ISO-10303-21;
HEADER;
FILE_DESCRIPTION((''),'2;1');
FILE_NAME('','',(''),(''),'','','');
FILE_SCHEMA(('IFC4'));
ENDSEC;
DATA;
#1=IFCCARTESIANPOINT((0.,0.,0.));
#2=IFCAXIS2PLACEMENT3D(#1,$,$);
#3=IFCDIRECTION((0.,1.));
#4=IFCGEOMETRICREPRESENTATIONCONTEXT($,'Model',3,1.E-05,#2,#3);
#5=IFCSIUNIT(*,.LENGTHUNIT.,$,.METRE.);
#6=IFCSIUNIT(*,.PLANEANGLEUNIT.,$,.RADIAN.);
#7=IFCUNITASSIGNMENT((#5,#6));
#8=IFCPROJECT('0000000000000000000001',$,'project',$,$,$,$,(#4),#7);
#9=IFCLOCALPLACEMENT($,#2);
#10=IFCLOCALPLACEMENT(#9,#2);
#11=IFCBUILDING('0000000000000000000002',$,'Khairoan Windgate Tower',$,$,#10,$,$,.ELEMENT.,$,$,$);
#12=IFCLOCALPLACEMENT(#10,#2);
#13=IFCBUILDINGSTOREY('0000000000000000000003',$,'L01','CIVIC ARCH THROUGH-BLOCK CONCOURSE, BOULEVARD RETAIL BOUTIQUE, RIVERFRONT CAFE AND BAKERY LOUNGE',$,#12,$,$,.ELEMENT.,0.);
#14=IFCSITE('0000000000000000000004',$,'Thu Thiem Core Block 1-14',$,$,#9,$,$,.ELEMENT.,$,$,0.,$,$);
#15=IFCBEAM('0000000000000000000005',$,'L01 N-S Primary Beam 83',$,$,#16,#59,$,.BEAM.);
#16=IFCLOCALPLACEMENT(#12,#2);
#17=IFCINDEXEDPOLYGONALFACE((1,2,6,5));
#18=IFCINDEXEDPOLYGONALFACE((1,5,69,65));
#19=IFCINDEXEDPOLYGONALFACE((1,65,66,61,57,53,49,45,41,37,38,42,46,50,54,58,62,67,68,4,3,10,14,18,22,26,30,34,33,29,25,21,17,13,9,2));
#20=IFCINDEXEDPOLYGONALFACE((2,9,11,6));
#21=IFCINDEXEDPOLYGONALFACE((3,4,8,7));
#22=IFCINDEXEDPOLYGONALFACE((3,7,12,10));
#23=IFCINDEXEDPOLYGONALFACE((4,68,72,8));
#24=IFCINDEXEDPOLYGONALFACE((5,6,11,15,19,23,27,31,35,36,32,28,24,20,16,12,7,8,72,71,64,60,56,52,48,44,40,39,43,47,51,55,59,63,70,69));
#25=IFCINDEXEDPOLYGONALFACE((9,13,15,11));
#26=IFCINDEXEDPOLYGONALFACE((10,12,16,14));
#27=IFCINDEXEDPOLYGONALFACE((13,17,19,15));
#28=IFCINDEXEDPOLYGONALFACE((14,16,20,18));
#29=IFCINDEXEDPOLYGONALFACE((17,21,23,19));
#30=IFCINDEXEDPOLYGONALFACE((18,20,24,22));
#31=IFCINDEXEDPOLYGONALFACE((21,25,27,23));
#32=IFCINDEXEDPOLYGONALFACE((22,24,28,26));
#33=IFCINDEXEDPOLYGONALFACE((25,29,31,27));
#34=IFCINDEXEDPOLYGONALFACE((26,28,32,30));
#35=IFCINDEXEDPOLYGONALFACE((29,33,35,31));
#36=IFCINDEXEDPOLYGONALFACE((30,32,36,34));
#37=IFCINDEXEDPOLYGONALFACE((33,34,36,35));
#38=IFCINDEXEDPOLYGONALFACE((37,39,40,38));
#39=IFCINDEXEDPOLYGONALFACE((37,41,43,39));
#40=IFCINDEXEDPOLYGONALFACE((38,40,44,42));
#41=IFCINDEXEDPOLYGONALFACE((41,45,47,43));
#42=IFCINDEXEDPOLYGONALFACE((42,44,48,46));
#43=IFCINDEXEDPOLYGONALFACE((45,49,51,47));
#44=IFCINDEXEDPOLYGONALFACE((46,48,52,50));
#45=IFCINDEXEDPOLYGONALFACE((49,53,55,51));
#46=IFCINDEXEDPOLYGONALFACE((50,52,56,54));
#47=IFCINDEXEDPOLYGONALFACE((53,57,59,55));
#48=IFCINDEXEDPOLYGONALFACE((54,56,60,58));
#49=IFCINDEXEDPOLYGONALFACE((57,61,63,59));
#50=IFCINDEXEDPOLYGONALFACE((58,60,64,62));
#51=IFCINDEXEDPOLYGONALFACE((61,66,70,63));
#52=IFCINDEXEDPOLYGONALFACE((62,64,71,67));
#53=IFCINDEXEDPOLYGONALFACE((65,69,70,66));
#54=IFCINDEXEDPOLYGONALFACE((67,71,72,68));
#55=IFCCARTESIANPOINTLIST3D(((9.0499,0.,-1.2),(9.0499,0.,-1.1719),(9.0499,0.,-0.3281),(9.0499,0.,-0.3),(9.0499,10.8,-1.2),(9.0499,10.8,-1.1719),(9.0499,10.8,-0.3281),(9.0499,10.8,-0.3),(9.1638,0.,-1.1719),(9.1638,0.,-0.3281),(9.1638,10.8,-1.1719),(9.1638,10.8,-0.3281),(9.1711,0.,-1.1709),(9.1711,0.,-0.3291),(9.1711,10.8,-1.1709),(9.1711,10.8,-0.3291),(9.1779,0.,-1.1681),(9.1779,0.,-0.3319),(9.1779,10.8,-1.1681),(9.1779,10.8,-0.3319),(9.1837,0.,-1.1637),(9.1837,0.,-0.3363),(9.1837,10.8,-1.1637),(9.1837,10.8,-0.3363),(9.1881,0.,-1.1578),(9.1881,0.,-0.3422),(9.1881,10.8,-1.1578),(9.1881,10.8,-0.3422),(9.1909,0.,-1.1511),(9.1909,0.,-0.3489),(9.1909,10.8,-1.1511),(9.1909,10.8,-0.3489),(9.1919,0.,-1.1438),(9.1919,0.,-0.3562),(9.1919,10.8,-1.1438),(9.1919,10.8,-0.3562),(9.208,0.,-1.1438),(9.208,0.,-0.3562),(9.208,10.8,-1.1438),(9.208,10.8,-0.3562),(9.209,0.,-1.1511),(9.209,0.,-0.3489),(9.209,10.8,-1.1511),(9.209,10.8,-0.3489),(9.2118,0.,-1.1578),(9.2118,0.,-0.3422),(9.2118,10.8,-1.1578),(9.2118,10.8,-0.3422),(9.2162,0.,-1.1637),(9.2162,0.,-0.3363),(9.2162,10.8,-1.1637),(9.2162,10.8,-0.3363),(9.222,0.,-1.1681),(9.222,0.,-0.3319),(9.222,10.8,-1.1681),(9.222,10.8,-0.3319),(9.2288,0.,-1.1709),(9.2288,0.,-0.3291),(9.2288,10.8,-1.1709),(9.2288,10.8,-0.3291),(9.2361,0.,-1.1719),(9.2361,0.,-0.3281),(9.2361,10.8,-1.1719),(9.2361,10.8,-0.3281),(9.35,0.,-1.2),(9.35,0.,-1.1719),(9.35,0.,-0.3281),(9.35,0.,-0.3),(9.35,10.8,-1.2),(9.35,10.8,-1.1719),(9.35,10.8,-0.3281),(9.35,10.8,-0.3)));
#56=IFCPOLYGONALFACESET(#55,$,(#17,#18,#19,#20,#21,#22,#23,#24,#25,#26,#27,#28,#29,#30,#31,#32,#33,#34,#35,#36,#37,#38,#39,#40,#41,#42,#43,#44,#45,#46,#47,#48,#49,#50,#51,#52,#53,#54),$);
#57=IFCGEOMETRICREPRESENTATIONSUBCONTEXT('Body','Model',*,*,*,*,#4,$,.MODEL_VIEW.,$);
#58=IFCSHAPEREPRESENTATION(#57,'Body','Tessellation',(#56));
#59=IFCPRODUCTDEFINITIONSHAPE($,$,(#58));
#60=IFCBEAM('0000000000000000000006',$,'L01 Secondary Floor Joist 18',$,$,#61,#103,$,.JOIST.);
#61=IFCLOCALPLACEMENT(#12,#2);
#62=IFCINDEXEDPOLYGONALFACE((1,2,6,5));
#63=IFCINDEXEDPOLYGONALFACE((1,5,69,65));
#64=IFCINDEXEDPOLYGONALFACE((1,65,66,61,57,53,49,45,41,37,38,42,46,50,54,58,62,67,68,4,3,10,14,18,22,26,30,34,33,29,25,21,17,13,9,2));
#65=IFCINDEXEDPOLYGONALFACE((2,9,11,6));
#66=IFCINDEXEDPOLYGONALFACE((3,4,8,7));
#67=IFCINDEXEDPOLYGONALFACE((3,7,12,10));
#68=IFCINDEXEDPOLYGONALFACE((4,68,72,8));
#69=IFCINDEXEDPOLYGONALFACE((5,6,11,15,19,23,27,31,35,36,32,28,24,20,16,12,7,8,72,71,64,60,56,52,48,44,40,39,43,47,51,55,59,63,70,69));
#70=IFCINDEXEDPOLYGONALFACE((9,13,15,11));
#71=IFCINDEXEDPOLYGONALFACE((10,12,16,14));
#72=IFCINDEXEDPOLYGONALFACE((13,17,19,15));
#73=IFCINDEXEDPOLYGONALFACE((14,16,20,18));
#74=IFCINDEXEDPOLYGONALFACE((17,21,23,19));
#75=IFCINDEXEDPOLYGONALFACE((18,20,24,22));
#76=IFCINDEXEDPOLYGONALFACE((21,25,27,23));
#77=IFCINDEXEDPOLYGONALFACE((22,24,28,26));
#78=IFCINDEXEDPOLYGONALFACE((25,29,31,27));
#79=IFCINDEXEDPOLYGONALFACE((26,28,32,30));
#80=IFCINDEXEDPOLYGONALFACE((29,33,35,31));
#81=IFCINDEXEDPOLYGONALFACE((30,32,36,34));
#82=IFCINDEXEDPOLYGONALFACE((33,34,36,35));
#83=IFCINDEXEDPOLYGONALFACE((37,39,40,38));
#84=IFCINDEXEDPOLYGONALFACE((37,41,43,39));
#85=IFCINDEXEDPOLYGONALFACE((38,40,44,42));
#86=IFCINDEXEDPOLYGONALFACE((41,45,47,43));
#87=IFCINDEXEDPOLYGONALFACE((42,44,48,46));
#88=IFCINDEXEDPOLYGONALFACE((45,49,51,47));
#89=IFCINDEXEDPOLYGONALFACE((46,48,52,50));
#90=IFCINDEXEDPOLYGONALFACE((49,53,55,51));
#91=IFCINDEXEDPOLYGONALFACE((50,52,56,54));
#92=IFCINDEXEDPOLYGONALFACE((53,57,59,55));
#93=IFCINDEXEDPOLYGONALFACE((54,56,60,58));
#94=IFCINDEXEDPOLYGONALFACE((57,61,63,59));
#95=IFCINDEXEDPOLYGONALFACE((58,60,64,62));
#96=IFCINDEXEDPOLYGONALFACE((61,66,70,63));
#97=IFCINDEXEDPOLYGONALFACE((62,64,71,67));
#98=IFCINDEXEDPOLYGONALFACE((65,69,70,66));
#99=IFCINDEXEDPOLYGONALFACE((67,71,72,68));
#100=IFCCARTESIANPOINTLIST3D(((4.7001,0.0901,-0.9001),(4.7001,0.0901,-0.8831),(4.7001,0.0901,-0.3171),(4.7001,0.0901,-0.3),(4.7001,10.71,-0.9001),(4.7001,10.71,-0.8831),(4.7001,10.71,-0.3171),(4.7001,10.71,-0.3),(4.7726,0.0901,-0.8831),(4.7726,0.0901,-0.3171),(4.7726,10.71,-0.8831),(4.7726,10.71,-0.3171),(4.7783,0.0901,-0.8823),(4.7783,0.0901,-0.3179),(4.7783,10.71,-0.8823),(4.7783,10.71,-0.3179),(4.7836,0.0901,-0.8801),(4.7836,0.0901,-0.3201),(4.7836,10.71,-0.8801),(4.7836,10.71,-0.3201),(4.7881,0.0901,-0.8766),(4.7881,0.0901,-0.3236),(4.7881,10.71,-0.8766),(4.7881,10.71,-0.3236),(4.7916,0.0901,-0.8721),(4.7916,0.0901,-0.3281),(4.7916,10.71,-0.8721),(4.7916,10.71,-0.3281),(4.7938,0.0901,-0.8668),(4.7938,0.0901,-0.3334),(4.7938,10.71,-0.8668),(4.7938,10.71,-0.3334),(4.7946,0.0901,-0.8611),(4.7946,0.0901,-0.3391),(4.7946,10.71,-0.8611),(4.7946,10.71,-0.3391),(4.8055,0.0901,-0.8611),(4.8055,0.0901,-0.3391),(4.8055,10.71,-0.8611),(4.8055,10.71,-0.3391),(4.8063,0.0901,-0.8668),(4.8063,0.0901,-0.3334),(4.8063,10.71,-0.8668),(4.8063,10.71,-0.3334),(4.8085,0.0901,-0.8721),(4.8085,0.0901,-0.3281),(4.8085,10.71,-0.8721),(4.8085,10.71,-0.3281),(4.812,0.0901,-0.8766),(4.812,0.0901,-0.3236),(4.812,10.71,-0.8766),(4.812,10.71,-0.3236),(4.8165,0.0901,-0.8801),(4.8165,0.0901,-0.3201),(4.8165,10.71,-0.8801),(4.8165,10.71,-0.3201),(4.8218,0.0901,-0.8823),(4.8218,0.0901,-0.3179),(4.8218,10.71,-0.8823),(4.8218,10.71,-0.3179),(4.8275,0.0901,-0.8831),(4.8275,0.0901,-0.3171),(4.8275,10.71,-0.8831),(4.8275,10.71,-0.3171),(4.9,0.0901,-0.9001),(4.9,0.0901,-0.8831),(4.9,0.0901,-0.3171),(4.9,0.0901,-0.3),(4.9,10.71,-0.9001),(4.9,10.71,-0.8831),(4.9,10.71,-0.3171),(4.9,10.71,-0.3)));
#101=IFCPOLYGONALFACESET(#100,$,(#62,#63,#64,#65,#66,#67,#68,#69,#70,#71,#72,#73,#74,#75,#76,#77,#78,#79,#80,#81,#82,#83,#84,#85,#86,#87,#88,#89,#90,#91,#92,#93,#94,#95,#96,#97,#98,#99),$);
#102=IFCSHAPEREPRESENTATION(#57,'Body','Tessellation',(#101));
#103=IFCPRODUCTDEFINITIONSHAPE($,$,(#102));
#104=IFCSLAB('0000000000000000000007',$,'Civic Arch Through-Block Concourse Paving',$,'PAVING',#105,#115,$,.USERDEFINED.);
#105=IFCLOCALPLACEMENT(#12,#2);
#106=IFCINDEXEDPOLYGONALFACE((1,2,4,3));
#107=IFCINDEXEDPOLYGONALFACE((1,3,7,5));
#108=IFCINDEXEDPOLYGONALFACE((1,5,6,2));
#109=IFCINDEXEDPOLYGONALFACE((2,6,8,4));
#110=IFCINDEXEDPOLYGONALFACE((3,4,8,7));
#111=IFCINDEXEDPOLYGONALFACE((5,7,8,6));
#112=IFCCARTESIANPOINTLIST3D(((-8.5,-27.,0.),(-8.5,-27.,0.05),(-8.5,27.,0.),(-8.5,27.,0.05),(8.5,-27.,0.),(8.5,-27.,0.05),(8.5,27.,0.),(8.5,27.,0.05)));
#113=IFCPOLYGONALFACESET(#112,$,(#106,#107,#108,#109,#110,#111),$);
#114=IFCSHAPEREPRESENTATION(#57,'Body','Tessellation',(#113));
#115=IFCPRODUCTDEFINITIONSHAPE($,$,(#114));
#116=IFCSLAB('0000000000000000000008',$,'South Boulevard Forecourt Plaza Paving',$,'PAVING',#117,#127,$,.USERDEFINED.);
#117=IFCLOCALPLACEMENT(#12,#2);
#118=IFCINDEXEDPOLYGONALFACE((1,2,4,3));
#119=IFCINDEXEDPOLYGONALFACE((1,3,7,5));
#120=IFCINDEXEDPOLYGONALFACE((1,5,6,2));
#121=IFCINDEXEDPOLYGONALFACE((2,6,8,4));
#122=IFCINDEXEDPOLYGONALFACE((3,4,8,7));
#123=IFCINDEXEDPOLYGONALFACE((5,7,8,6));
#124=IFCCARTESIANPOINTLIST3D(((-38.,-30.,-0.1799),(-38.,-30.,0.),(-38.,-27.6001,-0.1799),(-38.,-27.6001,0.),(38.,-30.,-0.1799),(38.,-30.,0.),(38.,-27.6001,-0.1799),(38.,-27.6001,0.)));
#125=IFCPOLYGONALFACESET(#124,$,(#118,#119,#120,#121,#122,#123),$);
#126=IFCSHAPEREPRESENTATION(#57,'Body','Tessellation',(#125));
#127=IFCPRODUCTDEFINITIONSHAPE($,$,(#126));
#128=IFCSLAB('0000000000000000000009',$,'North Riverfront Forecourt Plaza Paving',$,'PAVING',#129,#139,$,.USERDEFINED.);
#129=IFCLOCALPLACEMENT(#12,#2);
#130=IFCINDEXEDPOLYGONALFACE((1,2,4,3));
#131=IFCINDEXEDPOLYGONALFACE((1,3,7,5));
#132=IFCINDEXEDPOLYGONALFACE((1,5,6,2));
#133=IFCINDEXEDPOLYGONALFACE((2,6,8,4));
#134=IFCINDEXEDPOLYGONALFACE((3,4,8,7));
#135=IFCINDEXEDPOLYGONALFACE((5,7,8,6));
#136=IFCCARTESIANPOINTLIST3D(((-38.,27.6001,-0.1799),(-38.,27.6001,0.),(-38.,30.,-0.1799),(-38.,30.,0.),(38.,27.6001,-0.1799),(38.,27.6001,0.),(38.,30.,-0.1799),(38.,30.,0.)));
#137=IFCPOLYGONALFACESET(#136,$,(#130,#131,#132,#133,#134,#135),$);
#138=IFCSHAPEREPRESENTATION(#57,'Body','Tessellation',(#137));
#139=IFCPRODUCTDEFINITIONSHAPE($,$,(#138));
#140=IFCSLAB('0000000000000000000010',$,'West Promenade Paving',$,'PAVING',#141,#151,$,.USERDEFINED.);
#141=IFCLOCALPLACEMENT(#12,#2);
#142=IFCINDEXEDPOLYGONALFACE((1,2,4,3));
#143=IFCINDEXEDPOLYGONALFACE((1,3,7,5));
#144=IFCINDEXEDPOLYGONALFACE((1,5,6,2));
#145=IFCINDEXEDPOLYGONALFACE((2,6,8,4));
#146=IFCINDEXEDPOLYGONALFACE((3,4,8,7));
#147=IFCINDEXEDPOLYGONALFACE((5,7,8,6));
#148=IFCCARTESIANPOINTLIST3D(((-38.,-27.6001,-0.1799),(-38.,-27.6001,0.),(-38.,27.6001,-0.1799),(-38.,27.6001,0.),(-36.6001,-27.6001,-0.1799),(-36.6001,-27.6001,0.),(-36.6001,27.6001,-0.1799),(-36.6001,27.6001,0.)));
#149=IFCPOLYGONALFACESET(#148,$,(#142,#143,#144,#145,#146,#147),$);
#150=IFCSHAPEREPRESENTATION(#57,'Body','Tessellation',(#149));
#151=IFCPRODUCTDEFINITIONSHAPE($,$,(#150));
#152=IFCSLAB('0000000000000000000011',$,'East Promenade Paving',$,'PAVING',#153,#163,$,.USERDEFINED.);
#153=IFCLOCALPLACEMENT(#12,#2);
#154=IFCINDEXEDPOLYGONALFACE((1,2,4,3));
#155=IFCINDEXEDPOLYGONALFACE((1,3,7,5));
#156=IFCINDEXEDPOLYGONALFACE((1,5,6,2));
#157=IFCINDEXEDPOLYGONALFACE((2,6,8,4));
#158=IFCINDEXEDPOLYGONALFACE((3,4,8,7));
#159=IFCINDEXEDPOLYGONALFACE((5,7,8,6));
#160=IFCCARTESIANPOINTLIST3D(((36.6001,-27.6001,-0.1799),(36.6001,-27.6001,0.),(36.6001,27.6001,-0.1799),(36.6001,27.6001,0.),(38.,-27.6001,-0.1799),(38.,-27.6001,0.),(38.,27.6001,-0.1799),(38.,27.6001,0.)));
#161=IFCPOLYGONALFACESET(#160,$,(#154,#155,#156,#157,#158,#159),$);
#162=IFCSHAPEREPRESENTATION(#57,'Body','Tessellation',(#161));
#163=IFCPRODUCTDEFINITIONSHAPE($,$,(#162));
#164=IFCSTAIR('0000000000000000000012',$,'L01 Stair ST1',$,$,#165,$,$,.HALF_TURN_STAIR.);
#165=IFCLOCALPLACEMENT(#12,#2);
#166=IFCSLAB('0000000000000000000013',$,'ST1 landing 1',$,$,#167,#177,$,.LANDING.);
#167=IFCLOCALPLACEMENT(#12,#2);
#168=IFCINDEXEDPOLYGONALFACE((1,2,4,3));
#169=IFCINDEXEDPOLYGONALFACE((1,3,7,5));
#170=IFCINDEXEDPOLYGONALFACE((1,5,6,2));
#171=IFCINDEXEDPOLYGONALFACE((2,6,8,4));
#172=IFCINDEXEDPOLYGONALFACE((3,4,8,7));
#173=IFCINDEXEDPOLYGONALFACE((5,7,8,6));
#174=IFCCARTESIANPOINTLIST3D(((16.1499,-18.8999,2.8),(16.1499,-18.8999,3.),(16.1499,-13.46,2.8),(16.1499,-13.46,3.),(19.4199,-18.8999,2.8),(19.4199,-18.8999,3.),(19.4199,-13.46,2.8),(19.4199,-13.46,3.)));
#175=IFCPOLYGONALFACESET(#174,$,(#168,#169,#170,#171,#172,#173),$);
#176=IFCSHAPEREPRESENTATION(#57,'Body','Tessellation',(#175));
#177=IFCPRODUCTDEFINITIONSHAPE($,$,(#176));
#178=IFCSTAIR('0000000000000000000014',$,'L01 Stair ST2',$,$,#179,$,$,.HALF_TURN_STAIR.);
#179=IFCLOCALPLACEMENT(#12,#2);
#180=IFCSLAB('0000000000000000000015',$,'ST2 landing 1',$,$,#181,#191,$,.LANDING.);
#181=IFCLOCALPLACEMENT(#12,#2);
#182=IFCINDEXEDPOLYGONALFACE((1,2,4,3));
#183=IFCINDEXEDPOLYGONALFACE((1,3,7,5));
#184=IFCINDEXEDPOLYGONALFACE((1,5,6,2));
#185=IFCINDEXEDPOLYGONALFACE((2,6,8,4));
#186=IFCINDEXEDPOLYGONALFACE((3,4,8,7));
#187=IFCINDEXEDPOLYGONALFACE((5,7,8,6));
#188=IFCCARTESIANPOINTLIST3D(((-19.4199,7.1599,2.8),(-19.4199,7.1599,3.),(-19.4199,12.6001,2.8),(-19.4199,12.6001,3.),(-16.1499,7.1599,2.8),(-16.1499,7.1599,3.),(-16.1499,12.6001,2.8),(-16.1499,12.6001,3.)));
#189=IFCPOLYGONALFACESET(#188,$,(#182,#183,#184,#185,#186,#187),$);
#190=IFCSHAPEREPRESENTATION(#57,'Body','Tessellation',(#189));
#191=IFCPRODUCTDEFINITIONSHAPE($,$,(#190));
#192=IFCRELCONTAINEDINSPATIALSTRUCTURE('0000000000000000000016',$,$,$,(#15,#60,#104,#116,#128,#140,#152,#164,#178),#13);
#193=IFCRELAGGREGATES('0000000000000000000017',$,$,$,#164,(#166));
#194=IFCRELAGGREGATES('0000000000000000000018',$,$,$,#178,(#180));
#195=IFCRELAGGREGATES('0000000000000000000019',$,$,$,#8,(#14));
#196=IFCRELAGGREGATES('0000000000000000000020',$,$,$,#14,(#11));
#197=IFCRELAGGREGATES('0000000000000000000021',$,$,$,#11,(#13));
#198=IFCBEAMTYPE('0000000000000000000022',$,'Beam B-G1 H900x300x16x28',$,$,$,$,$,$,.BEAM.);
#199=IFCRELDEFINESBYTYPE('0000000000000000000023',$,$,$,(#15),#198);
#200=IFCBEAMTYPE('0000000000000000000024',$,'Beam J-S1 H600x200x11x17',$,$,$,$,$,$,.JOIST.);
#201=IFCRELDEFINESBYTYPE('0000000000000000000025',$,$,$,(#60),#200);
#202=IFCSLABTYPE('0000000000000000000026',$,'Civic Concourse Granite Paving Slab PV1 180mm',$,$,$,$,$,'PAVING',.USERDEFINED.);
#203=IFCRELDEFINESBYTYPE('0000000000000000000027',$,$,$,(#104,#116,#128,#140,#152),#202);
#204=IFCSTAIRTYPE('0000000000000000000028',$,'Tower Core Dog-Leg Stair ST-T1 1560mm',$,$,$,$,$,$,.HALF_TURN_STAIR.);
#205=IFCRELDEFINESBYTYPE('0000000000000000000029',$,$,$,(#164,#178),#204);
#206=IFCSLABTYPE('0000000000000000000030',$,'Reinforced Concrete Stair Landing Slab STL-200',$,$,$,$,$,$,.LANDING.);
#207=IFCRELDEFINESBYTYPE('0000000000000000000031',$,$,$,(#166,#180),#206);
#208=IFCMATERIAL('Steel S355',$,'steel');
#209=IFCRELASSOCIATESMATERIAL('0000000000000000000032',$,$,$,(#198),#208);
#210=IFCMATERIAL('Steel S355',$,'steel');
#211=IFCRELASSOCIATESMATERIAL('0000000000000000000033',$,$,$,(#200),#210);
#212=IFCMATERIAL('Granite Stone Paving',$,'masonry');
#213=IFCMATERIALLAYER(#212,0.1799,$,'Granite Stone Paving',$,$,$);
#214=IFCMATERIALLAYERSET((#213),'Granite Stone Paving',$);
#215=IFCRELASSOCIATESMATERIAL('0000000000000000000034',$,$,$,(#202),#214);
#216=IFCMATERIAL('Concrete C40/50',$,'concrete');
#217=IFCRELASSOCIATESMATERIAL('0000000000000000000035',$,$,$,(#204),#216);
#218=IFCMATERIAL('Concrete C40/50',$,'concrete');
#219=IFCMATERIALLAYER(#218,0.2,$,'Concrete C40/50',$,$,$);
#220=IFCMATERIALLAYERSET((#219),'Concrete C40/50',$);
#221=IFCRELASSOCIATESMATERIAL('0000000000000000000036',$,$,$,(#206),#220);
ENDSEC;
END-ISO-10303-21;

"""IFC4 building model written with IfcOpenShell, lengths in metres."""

from ifc_helpers import new_model, si_unit, direction, frame, origin, origin_2d, place, context, subcontext, project, spatial, polyline, i_section, outline, extrude, material, layer, layer_set, material_profile, profile_set, type_object, element, aggregate, save


model = new_model("IFC4")

# Units and contexts
model_context = context("Model", 3, precision=1e-05, world=origin(), true_north=direction((0.0, 1.0)))
body_context = subcontext(model_context, "Body", "Model", "MODEL_VIEW")
ifc_project = project(units=[si_unit("LENGTHUNIT", "METRE"), si_unit("PLANEANGLEUNIT", "RADIAN")], contexts=[model_context])

# Site, building, storey
site_placement = place(None, origin())
site = spatial("IfcSite", under=ifc_project, at=site_placement, Name="Thu Thiem Core Block 1-14", CompositionType="ELEMENT", RefElevation=0.0)
building_placement = place(site_placement, origin())
building = spatial("IfcBuilding", under=site, at=building_placement, Name="Khairoan Windgate Tower", CompositionType="ELEMENT")
storey_placement = place(building_placement, origin())
storey = spatial("IfcBuildingStorey", under=building, at=storey_placement, Name="L01", Description="CIVIC ARCH THROUGH-BLOCK CONCOURSE, BOULEVARD RETAIL BOUTIQUE, RIVERFRONT CAFE AND BAKERY LOUNGE", CompositionType="ELEMENT", Elevation=0.0)

# Beams
ifc_material_1 = material(Name="Steel S355", Category="steel")
ifc_material_profile_1 = material_profile(ifc_material_1, i_section(OverallWidth=0.3, OverallDepth=0.8999, WebThickness=0.0161, FlangeThickness=0.0281, FilletRadius=0.0281, at=origin_2d()))
ifc_profile_set_1 = profile_set([ifc_material_profile_1], Name="Steel S355")
beam_type_1 = type_object("IfcBeamType", Name="Beam B-G1 H900x300x16x28", PredefinedType="BEAM", material=ifc_profile_set_1)
beam_1_placement = place(storey_placement, frame((9.2, 0.0, -0.75), z_axis=(0.0, 1.0, 0.0), x_axis=(-1.0, 0.0, 0.0)))
element("IfcBeam", 1, at=beam_1_placement, inside=storey, type_object=beam_type_1, Name="L01 N-S Primary Beam 83", PredefinedType="BEAM", context=body_context, shape_type="SweptSolid", body=[
    extrude(i_section(OverallWidth=0.3, OverallDepth=0.8999, WebThickness=0.0161, FlangeThickness=0.0281, FilletRadius=0.0281, at=origin_2d()), origin(), (0.0, 0.0, 1.0), 10.8),
])
ifc_material_2 = material(Name="Steel S355", Category="steel")
ifc_material_profile_2 = material_profile(ifc_material_2, i_section(OverallWidth=0.2, OverallDepth=0.6001, WebThickness=0.011, FlangeThickness=0.0171, FilletRadius=0.022, at=origin_2d()))
ifc_profile_set_2 = profile_set([ifc_material_profile_2], Name="Steel S355")
beam_type_2 = type_object("IfcBeamType", Name="Beam J-S1 H600x200x11x17", PredefinedType="JOIST", material=ifc_profile_set_2)
beam_2_placement = place(storey_placement, frame((4.8, 0.0901, -0.6001), z_axis=(0.0, 1.0, 0.0), x_axis=(-1.0, 0.0, 0.0)))
element("IfcBeam", 2, at=beam_2_placement, inside=storey, type_object=beam_type_2, Name="L01 Secondary Floor Joist 18", PredefinedType="JOIST", context=body_context, shape_type="SweptSolid", body=[
    extrude(i_section(OverallWidth=0.2, OverallDepth=0.6001, WebThickness=0.011, FlangeThickness=0.0171, FilletRadius=0.022, at=origin_2d()), origin(), (0.0, 0.0, 1.0), 10.6199),
])

# Slabs
ifc_material_3 = material(Name="Granite Stone Paving", Category="masonry")
ifc_layer_1 = layer(ifc_material_3, 0.1799, Name="Granite Stone Paving")
ifc_layer_set_1 = layer_set([ifc_layer_1], Name="Granite Stone Paving")
slab_type_1 = type_object("IfcSlabType", Name="Civic Concourse Granite Paving Slab PV1 180mm", ElementType="PAVING", PredefinedType="USERDEFINED", material=ifc_layer_set_1)
slab_1_placement = place(storey_placement, origin())
element("IfcSlab", 3, at=slab_1_placement, inside=storey, type_object=slab_type_1, Name="Civic Arch Through-Block Concourse Paving", ObjectType="PAVING", PredefinedType="USERDEFINED", context=body_context, shape_type="SweptSolid", body=[
    extrude(outline(polyline([(-8.5, -27.0), (8.5, -27.0), (8.5, 27.0), (-8.5, 27.0), (-8.5, -27.0)])), origin(), (0.0, 0.0, 1.0), 0.05),
])
slab_2_placement = place(storey_placement, frame((0.0, 0.0, -0.1799)))
element("IfcSlab", 4, at=slab_2_placement, inside=storey, type_object=slab_type_1, Name="South Boulevard Forecourt Plaza Paving", ObjectType="PAVING", PredefinedType="USERDEFINED", context=body_context, shape_type="SweptSolid", body=[
    extrude(outline(polyline([(-38.0, -30.0), (38.0, -30.0), (38.0, -27.6001), (-38.0, -27.6001), (-38.0, -30.0)])), origin(), (0.0, 0.0, 1.0), 0.1799),
])
slab_3_placement = place(storey_placement, frame((0.0, 0.0, -0.1799)))
element("IfcSlab", 5, at=slab_3_placement, inside=storey, type_object=slab_type_1, Name="North Riverfront Forecourt Plaza Paving", ObjectType="PAVING", PredefinedType="USERDEFINED", context=body_context, shape_type="SweptSolid", body=[
    extrude(outline(polyline([(-38.0, 27.6001), (38.0, 27.6001), (38.0, 30.0), (-38.0, 30.0), (-38.0, 27.6001)])), origin(), (0.0, 0.0, 1.0), 0.1799),
])
slab_4_placement = place(storey_placement, frame((0.0, 0.0, -0.1799)))
element("IfcSlab", 6, at=slab_4_placement, inside=storey, type_object=slab_type_1, Name="West Promenade Paving", ObjectType="PAVING", PredefinedType="USERDEFINED", context=body_context, shape_type="SweptSolid", body=[
    extrude(outline(polyline([(-38.0, -27.6001), (-36.6001, -27.6001), (-36.6001, 27.6001), (-38.0, 27.6001), (-38.0, -27.6001)])), origin(), (0.0, 0.0, 1.0), 0.1799),
])
slab_5_placement = place(storey_placement, frame((0.0, 0.0, -0.1799)))
element("IfcSlab", 7, at=slab_5_placement, inside=storey, type_object=slab_type_1, Name="East Promenade Paving", ObjectType="PAVING", PredefinedType="USERDEFINED", context=body_context, shape_type="SweptSolid", body=[
    extrude(outline(polyline([(36.6001, -27.6001), (38.0, -27.6001), (38.0, 27.6001), (36.6001, 27.6001), (36.6001, -27.6001)])), origin(), (0.0, 0.0, 1.0), 0.1799),
])

# Stairs, slabs
ifc_material_4 = material(Name="Concrete C40/50", Category="concrete")
stair_type_1 = type_object("IfcStairType", Name="Tower Core Dog-Leg Stair ST-T1 1560mm", PredefinedType="HALF_TURN_STAIR", material=ifc_material_4)
stair_1_placement = place(storey_placement, origin())
stair_1 = element("IfcStair", 8, at=stair_1_placement, inside=storey, type_object=stair_type_1, Name="L01 Stair ST1", PredefinedType="HALF_TURN_STAIR")
ifc_material_5 = material(Name="Concrete C40/50", Category="concrete")
ifc_layer_2 = layer(ifc_material_5, 0.2, Name="Concrete C40/50")
ifc_layer_set_2 = layer_set([ifc_layer_2], Name="Concrete C40/50")
slab_type_2 = type_object("IfcSlabType", Name="Reinforced Concrete Stair Landing Slab STL-200", PredefinedType="LANDING", material=ifc_layer_set_2)
slab_6_placement = place(storey_placement, frame((0.0, 0.0, 2.8)))
slab_6 = element("IfcSlab", 9, at=slab_6_placement, type_object=slab_type_2, Name="ST1 landing 1", PredefinedType="LANDING", context=body_context, shape_type="SweptSolid", body=[
    extrude(outline(polyline([(16.1499, -13.46), (16.1499, -18.8999), (19.4199, -18.8999), (19.4199, -13.46), (16.1499, -13.46)])), origin(), (0.0, 0.0, 1.0), 0.2),
])
aggregate(stair_1, [slab_6])
stair_2_placement = place(storey_placement, origin())
stair_2 = element("IfcStair", 10, at=stair_2_placement, inside=storey, type_object=stair_type_1, Name="L01 Stair ST2", PredefinedType="HALF_TURN_STAIR")
slab_7_placement = place(storey_placement, frame((0.0, 0.0, 2.8)))
slab_7 = element("IfcSlab", 11, at=slab_7_placement, type_object=slab_type_2, Name="ST2 landing 1", PredefinedType="LANDING", context=body_context, shape_type="SweptSolid", body=[
    extrude(outline(polyline([(-16.1499, 7.1599), (-16.1499, 12.6001), (-19.4199, 12.6001), (-19.4199, 7.1599), (-16.1499, 7.1599)])), origin(), (0.0, 0.0, 1.0), 0.2),
])
aggregate(stair_2, [slab_7])

save(model, "model.ifc")
